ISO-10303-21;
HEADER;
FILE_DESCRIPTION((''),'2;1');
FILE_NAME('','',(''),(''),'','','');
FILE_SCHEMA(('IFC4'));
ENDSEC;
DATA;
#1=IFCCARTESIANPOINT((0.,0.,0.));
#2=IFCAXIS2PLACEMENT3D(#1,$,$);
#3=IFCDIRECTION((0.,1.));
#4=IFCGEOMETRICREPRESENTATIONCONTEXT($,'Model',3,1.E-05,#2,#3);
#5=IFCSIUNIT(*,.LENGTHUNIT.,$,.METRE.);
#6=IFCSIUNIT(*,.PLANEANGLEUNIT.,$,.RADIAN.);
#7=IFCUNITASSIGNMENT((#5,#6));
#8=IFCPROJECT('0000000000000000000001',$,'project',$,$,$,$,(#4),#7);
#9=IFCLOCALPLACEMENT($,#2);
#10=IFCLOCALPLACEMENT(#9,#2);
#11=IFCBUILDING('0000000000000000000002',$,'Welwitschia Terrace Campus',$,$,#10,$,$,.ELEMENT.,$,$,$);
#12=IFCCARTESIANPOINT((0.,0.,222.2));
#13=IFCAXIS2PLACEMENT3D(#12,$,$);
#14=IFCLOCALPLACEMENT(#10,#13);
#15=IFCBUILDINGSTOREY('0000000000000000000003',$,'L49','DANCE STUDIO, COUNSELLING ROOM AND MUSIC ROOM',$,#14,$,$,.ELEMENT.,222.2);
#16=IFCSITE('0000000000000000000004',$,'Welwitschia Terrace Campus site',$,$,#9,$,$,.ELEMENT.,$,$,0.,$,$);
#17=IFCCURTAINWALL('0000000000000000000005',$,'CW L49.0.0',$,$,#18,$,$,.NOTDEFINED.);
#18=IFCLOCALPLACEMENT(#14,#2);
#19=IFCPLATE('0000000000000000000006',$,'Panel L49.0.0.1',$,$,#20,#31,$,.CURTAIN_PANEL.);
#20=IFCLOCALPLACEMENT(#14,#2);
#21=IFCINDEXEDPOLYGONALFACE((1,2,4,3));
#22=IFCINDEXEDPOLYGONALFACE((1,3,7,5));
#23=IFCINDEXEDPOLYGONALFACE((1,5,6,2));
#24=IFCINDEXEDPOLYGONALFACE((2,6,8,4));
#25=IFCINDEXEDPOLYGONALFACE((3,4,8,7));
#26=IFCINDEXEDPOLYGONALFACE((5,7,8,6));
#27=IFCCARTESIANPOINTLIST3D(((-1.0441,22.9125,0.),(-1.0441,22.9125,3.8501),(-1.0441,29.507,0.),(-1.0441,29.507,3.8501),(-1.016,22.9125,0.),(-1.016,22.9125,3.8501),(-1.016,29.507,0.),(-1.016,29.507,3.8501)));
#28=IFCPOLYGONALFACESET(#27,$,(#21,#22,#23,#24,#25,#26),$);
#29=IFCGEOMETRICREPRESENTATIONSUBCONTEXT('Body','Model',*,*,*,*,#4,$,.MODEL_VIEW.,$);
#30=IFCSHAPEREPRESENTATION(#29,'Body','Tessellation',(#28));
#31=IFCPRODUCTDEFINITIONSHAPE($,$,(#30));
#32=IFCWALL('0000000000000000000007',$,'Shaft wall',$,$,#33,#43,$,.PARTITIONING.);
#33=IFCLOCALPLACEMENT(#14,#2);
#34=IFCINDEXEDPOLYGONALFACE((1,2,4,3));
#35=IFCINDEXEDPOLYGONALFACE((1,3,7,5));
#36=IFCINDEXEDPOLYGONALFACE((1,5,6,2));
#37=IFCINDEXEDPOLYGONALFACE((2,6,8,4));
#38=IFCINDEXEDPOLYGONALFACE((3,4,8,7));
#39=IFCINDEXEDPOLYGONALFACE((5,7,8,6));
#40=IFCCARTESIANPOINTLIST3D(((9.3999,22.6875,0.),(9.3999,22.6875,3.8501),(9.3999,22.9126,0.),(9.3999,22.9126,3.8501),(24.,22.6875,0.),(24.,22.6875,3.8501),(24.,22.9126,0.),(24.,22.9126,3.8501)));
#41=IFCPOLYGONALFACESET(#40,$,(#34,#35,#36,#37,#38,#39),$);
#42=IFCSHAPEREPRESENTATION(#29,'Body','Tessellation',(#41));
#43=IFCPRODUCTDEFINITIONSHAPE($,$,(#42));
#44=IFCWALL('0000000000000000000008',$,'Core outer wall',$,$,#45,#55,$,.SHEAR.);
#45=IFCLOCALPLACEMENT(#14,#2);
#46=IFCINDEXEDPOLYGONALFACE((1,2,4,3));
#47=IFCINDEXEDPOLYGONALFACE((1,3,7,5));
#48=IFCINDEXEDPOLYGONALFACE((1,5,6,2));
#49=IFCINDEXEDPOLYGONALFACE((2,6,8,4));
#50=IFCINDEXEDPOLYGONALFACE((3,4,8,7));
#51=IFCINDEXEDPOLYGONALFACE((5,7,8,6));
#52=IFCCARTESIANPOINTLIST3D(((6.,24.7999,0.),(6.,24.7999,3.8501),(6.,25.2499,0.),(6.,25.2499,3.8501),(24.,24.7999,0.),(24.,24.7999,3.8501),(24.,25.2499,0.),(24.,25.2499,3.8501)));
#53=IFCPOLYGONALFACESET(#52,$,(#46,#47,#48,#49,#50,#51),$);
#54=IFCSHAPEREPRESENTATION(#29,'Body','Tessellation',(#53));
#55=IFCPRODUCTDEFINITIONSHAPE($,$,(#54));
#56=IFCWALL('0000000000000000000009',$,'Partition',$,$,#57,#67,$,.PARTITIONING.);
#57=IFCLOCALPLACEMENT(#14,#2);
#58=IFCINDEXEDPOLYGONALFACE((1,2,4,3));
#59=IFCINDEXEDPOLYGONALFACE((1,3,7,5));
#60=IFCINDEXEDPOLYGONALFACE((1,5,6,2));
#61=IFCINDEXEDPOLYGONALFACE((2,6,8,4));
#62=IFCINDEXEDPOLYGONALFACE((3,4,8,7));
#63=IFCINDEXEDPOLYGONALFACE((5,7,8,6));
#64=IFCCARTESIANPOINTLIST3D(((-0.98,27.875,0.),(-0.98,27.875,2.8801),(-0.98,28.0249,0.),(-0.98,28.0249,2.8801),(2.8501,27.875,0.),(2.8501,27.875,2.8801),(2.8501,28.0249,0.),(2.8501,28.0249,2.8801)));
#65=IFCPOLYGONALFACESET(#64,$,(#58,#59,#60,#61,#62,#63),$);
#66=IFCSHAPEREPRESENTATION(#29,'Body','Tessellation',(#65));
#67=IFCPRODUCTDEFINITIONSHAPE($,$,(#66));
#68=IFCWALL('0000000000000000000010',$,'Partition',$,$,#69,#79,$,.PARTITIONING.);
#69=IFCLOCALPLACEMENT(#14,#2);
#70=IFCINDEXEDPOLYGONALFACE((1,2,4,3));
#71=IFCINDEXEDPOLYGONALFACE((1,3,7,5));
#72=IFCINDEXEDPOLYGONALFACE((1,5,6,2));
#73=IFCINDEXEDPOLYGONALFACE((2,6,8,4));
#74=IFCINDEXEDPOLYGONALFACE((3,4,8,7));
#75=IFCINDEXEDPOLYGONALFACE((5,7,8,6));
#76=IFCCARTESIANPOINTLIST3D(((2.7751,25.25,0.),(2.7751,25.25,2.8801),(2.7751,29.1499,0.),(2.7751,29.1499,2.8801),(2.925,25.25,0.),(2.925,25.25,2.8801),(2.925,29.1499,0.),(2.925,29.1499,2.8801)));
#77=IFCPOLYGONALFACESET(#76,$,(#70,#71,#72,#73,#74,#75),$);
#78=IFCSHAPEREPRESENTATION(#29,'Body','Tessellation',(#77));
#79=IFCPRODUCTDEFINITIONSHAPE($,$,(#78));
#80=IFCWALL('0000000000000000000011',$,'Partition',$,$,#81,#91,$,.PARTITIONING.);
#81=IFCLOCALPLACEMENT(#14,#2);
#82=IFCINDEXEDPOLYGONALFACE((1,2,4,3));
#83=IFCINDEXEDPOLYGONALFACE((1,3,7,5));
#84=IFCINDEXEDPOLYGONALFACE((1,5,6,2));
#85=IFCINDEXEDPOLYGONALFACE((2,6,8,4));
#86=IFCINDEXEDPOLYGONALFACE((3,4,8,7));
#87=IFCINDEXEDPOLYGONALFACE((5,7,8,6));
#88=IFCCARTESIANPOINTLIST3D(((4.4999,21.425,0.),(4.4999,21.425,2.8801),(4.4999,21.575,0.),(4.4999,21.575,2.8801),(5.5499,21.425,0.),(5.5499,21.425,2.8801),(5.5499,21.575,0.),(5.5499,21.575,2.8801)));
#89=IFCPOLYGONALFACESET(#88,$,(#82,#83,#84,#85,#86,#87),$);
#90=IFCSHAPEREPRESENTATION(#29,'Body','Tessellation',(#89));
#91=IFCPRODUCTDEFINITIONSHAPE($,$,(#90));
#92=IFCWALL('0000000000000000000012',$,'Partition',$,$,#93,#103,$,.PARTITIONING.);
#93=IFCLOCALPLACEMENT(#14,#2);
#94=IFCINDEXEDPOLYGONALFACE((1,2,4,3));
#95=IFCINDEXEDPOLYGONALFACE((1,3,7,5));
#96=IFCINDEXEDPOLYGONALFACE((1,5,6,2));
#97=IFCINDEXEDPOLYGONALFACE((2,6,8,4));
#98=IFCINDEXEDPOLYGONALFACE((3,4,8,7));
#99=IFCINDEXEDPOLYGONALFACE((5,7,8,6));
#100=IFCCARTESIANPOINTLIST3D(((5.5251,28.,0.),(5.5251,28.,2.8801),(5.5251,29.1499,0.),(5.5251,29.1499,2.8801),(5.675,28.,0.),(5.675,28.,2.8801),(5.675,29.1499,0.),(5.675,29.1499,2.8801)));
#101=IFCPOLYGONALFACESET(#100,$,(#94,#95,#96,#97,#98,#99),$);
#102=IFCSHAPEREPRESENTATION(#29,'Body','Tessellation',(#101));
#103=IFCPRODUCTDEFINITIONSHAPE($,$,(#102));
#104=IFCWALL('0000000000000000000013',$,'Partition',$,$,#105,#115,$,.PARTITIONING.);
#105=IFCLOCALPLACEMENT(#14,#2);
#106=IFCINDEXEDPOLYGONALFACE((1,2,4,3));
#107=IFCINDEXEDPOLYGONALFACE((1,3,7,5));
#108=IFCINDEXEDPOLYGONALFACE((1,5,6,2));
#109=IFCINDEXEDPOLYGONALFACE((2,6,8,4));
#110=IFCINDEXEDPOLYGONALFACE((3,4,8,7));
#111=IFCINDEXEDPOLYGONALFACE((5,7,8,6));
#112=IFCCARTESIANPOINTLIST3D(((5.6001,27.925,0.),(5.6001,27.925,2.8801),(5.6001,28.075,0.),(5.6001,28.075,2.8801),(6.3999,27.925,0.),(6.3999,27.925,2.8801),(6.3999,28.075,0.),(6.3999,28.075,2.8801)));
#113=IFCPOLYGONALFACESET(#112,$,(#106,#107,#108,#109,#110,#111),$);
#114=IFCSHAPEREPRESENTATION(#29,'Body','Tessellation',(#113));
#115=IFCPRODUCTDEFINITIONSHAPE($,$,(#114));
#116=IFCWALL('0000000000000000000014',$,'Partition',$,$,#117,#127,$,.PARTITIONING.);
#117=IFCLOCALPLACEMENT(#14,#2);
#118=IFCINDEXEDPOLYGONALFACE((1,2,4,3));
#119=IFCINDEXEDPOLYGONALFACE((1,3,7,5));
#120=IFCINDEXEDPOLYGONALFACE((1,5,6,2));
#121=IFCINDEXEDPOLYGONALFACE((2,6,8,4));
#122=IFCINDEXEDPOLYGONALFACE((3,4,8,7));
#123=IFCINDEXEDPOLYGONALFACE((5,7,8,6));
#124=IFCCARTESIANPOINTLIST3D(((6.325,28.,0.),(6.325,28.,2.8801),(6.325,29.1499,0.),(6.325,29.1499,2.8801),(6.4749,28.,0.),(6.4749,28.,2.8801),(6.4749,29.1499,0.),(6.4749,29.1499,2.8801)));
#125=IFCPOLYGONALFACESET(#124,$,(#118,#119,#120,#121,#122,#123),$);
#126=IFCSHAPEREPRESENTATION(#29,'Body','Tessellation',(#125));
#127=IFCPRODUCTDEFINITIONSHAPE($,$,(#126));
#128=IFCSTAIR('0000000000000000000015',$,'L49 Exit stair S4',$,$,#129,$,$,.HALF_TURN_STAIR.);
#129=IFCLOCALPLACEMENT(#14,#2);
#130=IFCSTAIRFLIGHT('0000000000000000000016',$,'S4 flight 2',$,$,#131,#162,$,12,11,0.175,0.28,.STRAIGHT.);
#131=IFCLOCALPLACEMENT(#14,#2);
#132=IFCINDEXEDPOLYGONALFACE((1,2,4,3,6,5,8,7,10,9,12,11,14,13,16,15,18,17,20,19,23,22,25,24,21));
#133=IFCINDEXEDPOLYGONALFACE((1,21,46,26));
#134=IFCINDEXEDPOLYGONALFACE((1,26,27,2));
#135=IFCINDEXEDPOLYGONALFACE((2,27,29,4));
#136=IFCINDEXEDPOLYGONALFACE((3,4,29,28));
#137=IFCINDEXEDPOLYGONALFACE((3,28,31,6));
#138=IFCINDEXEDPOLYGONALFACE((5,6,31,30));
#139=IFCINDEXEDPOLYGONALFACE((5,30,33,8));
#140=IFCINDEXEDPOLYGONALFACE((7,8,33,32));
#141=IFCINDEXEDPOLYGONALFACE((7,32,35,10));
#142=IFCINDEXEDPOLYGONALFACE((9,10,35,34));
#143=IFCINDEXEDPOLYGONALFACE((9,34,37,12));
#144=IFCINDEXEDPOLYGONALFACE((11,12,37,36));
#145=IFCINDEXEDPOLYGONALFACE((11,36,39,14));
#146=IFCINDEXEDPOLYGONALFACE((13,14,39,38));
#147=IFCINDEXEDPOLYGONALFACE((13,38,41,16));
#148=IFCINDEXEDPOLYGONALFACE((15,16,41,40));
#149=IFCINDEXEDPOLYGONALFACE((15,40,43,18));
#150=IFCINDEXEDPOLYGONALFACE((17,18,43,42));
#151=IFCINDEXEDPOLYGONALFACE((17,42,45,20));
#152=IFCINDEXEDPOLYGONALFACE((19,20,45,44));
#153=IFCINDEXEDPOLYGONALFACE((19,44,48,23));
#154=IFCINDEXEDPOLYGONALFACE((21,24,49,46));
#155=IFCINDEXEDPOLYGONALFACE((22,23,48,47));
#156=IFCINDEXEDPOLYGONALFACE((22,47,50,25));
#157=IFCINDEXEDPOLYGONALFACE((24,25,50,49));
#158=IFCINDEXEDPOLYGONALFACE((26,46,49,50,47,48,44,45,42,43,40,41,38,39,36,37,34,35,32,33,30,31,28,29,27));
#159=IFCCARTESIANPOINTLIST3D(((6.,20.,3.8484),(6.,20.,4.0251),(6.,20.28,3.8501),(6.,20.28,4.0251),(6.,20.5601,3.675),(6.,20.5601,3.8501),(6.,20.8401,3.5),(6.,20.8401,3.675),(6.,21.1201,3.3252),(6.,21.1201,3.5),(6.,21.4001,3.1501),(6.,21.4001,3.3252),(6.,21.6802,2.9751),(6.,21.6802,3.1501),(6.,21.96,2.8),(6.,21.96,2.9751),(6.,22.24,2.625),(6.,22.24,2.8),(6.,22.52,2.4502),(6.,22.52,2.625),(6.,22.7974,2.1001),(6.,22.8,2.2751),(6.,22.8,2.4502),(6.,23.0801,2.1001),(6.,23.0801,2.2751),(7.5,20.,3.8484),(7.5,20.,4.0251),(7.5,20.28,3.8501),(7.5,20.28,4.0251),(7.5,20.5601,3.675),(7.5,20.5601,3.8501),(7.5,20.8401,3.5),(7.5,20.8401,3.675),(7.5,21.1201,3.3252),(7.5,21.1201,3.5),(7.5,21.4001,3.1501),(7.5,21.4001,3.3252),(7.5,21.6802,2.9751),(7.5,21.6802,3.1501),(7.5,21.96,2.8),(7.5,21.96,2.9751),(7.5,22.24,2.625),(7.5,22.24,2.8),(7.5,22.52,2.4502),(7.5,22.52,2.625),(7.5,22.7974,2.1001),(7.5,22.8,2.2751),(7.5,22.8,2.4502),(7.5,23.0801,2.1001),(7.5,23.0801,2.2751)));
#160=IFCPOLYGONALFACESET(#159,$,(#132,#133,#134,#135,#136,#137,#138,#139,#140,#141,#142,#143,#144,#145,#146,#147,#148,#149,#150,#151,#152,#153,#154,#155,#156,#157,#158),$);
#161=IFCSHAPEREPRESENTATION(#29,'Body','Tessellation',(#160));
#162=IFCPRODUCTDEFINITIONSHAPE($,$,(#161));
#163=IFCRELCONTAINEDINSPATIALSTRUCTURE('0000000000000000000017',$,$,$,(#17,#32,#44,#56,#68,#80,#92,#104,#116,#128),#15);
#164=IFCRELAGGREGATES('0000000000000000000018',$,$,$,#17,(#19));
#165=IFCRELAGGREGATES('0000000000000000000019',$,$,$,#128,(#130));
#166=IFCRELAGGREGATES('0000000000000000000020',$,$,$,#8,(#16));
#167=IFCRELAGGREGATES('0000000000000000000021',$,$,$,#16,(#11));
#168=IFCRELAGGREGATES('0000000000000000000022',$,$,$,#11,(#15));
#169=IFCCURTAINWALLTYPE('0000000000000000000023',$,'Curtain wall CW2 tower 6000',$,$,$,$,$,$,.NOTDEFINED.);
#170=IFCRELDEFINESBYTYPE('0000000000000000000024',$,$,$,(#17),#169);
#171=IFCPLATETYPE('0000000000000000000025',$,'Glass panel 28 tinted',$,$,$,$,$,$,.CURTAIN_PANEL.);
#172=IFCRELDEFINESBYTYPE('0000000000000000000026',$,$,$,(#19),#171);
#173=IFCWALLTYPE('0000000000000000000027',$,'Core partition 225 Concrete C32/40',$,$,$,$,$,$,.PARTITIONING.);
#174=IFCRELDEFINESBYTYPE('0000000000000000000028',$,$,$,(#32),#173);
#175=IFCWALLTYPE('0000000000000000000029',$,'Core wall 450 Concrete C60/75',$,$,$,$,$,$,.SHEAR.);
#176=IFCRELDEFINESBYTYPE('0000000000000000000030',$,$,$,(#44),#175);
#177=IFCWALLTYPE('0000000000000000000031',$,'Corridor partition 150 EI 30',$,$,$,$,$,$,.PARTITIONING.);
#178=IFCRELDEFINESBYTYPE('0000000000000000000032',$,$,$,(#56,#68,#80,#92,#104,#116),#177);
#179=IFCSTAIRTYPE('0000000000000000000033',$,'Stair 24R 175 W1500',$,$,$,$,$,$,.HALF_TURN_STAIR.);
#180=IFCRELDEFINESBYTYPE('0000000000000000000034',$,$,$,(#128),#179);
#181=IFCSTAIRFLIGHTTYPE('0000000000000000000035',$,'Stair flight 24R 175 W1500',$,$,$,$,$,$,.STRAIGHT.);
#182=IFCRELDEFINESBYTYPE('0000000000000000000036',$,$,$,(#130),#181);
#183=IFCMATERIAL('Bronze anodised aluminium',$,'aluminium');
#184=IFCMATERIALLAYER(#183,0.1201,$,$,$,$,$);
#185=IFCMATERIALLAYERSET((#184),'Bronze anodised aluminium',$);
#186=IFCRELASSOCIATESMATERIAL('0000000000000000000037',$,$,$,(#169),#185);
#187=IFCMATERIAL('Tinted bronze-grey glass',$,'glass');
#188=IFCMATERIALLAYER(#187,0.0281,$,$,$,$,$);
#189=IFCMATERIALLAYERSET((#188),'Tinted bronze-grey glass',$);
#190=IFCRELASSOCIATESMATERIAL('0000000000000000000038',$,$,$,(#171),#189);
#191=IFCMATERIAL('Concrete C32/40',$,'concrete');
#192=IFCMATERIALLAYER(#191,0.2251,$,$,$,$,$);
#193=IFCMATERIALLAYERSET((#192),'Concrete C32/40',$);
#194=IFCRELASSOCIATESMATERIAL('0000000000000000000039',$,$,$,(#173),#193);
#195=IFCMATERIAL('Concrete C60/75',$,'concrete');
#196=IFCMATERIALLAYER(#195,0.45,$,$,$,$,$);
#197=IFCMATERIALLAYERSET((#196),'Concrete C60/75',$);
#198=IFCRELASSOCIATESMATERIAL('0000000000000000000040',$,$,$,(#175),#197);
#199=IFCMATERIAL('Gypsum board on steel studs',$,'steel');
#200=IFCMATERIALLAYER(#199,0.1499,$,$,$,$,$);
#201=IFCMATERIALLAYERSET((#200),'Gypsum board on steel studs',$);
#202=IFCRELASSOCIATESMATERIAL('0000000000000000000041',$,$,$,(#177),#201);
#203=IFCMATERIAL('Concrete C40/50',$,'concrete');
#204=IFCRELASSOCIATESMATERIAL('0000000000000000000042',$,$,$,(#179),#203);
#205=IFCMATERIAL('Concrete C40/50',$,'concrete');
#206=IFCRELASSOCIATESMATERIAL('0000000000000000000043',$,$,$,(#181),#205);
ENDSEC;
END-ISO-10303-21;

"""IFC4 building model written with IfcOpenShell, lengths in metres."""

from ifc_helpers import new_model, si_unit, direction, frame, frame_2d, origin, origin_2d, place, context, subcontext, project, spatial, polyline, rectangle, outline, extrude, material, layer, layer_set, type_object, element, aggregate, save


model = new_model("IFC4")

# Units and contexts
model_context = context("Model", 3, precision=1e-05, world=origin(), true_north=direction((0.0, 1.0)))
body_context = subcontext(model_context, "Body", "Model", "MODEL_VIEW")
ifc_project = project(units=[si_unit("LENGTHUNIT", "METRE"), si_unit("PLANEANGLEUNIT", "RADIAN")], contexts=[model_context])

# Site, building, storey
site_placement = place(None, origin())
site = spatial("IfcSite", under=ifc_project, at=site_placement, Name="Welwitschia Terrace Campus site", CompositionType="ELEMENT", RefElevation=0.0)
building_placement = place(site_placement, origin())
building = spatial("IfcBuilding", under=site, at=building_placement, Name="Welwitschia Terrace Campus", CompositionType="ELEMENT")
storey_placement = place(building_placement, frame((0.0, 0.0, 222.2)))
storey = spatial("IfcBuildingStorey", under=building, at=storey_placement, Name="L49", Description="DANCE STUDIO, COUNSELLING ROOM AND MUSIC ROOM", CompositionType="ELEMENT", Elevation=222.2)

# Curtain wall
ifc_material_1 = material(Name="Bronze anodised aluminium", Category="aluminium")
ifc_layer_1 = layer(ifc_material_1, 0.1201)
ifc_layer_set_1 = layer_set([ifc_layer_1], Name="Bronze anodised aluminium")
curtain_wall_type = type_object("IfcCurtainWallType", Name="Curtain wall CW2 tower 6000", PredefinedType="NOTDEFINED", material=ifc_layer_set_1)
curtain_wall_placement = place(storey_placement, origin())
curtain_wall = element("IfcCurtainWall", 1, at=curtain_wall_placement, inside=storey, type_object=curtain_wall_type, Name="CW L49.0.0", PredefinedType="NOTDEFINED")

# Plate
ifc_material_2 = material(Name="Tinted bronze-grey glass", Category="glass")
ifc_layer_2 = layer(ifc_material_2, 0.0281)
ifc_layer_set_2 = layer_set([ifc_layer_2], Name="Tinted bronze-grey glass")
plate_type = type_object("IfcPlateType", Name="Glass panel 28 tinted", PredefinedType="CURTAIN_PANEL", material=ifc_layer_set_2)
plate_placement = place(storey_placement, frame((-1.03, 26.2097, 0.0), z_axis=(0.0, 0.0, 1.0), x_axis=(0.0, -1.0, 0.0)))
plate = element("IfcPlate", 2, at=plate_placement, type_object=plate_type, Name="Panel L49.0.0.1", PredefinedType="CURTAIN_PANEL", context=body_context, shape_type="SweptSolid", body=[
    extrude(rectangle(XDim=6.5945, YDim=0.0281, at=origin_2d()), origin(), (0.0, 0.0, 1.0), 3.8501),
])
aggregate(curtain_wall, [plate])

# Walls
ifc_material_3 = material(Name="Concrete C32/40", Category="concrete")
ifc_layer_3 = layer(ifc_material_3, 0.2251)
ifc_layer_set_3 = layer_set([ifc_layer_3], Name="Concrete C32/40")
wall_type_1 = type_object("IfcWallType", Name="Core partition 225 Concrete C32/40", PredefinedType="PARTITIONING", material=ifc_layer_set_3)
wall_1_placement = place(storey_placement, frame((9.3999, 22.8, 0.0), z_axis=(0.0, 0.0, 1.0), x_axis=(1.0, 0.0, 0.0)))
element("IfcWall", 3, at=wall_1_placement, inside=storey, type_object=wall_type_1, Name="Shaft wall", PredefinedType="PARTITIONING", context=body_context, shape_type="SweptSolid", body=[
    extrude(rectangle(XDim=14.6001, YDim=0.2251, at=frame_2d((7.3, 0.0))), origin(), (0.0, 0.0, 1.0), 3.8501),
])
ifc_material_4 = material(Name="Concrete C60/75", Category="concrete")
ifc_layer_4 = layer(ifc_material_4, 0.45)
ifc_layer_set_4 = layer_set([ifc_layer_4], Name="Concrete C60/75")
wall_type_2 = type_object("IfcWallType", Name="Core wall 450 Concrete C60/75", PredefinedType="SHEAR", material=ifc_layer_set_4)
wall_2_placement = place(storey_placement, frame((6.0, 25.0249, 0.0), z_axis=(0.0, 0.0, 1.0), x_axis=(1.0, 0.0, 0.0)))
element("IfcWall", 4, at=wall_2_placement, inside=storey, type_object=wall_type_2, Name="Core outer wall", PredefinedType="SHEAR", context=body_context, shape_type="SweptSolid", body=[
    extrude(rectangle(XDim=18.0, YDim=0.45, at=frame_2d((9.0, 0.0))), origin(), (0.0, 0.0, 1.0), 3.8501),
])
ifc_material_5 = material(Name="Gypsum board on steel studs", Category="steel")
ifc_layer_5 = layer(ifc_material_5, 0.1499)
ifc_layer_set_5 = layer_set([ifc_layer_5], Name="Gypsum board on steel studs")
wall_type_3 = type_object("IfcWallType", Name="Corridor partition 150 EI 30", PredefinedType="PARTITIONING", material=ifc_layer_set_5)
wall_3_placement = place(storey_placement, frame((-0.98, 27.95, 0.0), z_axis=(0.0, 0.0, 1.0), x_axis=(1.0, 0.0, 0.0)))
element("IfcWall", 5, at=wall_3_placement, inside=storey, type_object=wall_type_3, Name="Partition", PredefinedType="PARTITIONING", context=body_context, shape_type="SweptSolid", body=[
    extrude(rectangle(XDim=3.8301, YDim=0.1499, at=frame_2d((1.915, 0.0))), origin(), (0.0, 0.0, 1.0), 2.8801),
])
wall_4_placement = place(storey_placement, frame((2.8501, 25.25, 0.0), z_axis=(0.0, 0.0, 1.0), x_axis=(0.0, 1.0, 0.0)))
element("IfcWall", 6, at=wall_4_placement, inside=storey, type_object=wall_type_3, Name="Partition", PredefinedType="PARTITIONING", context=body_context, shape_type="SweptSolid", body=[
    extrude(rectangle(XDim=3.8999, YDim=0.1499, at=frame_2d((1.95, 0.0))), origin(), (0.0, 0.0, 1.0), 2.8801),
])
wall_5_placement = place(storey_placement, frame((4.5, 21.5, 0.0), z_axis=(0.0, 0.0, 1.0), x_axis=(1.0, 0.0, 0.0)))
element("IfcWall", 7, at=wall_5_placement, inside=storey, type_object=wall_type_3, Name="Partition", PredefinedType="PARTITIONING", context=body_context, shape_type="SweptSolid", body=[
    extrude(rectangle(XDim=1.05, YDim=0.1499, at=frame_2d((0.5249, 0.0))), origin(), (0.0, 0.0, 1.0), 2.8801),
])
wall_6_placement = place(storey_placement, frame((5.6001, 28.0, 0.0), z_axis=(0.0, 0.0, 1.0), x_axis=(0.0, 1.0, 0.0)))
element("IfcWall", 8, at=wall_6_placement, inside=storey, type_object=wall_type_3, Name="Partition", PredefinedType="PARTITIONING", context=body_context, shape_type="SweptSolid", body=[
    extrude(rectangle(XDim=1.1499, YDim=0.1499, at=frame_2d((0.575, 0.0))), origin(), (0.0, 0.0, 1.0), 2.8801),
])
wall_7_placement = place(storey_placement, frame((5.6001, 28.0, 0.0), z_axis=(0.0, 0.0, 1.0), x_axis=(1.0, 0.0, 0.0)))
element("IfcWall", 9, at=wall_7_placement, inside=storey, type_object=wall_type_3, Name="Partition", PredefinedType="PARTITIONING", context=body_context, shape_type="SweptSolid", body=[
    extrude(rectangle(XDim=0.7998, YDim=0.1499, at=frame_2d((0.3999, 0.0))), origin(), (0.0, 0.0, 1.0), 2.8801),
])
wall_8_placement = place(storey_placement, frame((6.3999, 28.0, 0.0), z_axis=(0.0, 0.0, 1.0), x_axis=(0.0, 1.0, 0.0)))
element("IfcWall", 10, at=wall_8_placement, inside=storey, type_object=wall_type_3, Name="Partition", PredefinedType="PARTITIONING", context=body_context, shape_type="SweptSolid", body=[
    extrude(rectangle(XDim=1.1499, YDim=0.1499, at=frame_2d((0.575, 0.0))), origin(), (0.0, 0.0, 1.0), 2.8801),
])

# Stair, stair flight
ifc_material_6 = material(Name="Concrete C40/50", Category="concrete")
stair_type = type_object("IfcStairType", Name="Stair 24R 175 W1500", PredefinedType="HALF_TURN_STAIR", material=ifc_material_6)
stair_placement = place(storey_placement, origin())
stair = element("IfcStair", 11, at=stair_placement, inside=storey, type_object=stair_type, Name="L49 Exit stair S4", PredefinedType="HALF_TURN_STAIR")
ifc_material_7 = material(Name="Concrete C40/50", Category="concrete")
stair_flight_type = type_object("IfcStairFlightType", Name="Stair flight 24R 175 W1500", PredefinedType="STRAIGHT", material=ifc_material_7)
stair_flight_placement = place(storey_placement, frame((6.75, 23.0801, 2.1001), z_axis=(0.0, 0.0, 1.0), x_axis=(0.0, -1.0, 0.0)))
stair_flight = element("IfcStairFlight", 12, at=stair_flight_placement, type_object=stair_flight_type, Name="S4 flight 2", NumberOfRisers=12, NumberOfTreads=11, PredefinedType="STRAIGHT", RiserHeight=0.175, TreadLength=0.28, context=body_context, shape_type="SweptSolid", body=[
    extrude(outline(polyline([(0.0, 0.0), (0.0, 0.175), (0.28, 0.175), (0.28, 0.3501), (0.5601, 0.3501), (0.5601, 0.5249), (0.8401, 0.5249), (0.8401, 0.7), (1.1201, 0.7), (1.1201, 0.875), (1.3999, 0.875), (1.3999, 1.05), (1.6799, 1.05), (1.6799, 1.2251), (1.96, 1.2251), (1.96, 1.3999), (2.24, 1.3999), (2.24, 1.575), (2.52, 1.575), (2.52, 1.75), (2.8, 1.75), (2.8, 1.925), (3.0801, 1.925), (3.0801, 2.1001), (3.0801, 1.7483), (0.2827, 0.0), (0.0, 0.0)])), frame((0.0, 0.75, 0.0), z_axis=(0.0, -1.0, 0.0), x_axis=(1.0, 0.0, 0.0)), (0.0, 0.0, 1.0), 1.5),
])
aggregate(stair, [stair_flight])

save(model, "model.ifc")
